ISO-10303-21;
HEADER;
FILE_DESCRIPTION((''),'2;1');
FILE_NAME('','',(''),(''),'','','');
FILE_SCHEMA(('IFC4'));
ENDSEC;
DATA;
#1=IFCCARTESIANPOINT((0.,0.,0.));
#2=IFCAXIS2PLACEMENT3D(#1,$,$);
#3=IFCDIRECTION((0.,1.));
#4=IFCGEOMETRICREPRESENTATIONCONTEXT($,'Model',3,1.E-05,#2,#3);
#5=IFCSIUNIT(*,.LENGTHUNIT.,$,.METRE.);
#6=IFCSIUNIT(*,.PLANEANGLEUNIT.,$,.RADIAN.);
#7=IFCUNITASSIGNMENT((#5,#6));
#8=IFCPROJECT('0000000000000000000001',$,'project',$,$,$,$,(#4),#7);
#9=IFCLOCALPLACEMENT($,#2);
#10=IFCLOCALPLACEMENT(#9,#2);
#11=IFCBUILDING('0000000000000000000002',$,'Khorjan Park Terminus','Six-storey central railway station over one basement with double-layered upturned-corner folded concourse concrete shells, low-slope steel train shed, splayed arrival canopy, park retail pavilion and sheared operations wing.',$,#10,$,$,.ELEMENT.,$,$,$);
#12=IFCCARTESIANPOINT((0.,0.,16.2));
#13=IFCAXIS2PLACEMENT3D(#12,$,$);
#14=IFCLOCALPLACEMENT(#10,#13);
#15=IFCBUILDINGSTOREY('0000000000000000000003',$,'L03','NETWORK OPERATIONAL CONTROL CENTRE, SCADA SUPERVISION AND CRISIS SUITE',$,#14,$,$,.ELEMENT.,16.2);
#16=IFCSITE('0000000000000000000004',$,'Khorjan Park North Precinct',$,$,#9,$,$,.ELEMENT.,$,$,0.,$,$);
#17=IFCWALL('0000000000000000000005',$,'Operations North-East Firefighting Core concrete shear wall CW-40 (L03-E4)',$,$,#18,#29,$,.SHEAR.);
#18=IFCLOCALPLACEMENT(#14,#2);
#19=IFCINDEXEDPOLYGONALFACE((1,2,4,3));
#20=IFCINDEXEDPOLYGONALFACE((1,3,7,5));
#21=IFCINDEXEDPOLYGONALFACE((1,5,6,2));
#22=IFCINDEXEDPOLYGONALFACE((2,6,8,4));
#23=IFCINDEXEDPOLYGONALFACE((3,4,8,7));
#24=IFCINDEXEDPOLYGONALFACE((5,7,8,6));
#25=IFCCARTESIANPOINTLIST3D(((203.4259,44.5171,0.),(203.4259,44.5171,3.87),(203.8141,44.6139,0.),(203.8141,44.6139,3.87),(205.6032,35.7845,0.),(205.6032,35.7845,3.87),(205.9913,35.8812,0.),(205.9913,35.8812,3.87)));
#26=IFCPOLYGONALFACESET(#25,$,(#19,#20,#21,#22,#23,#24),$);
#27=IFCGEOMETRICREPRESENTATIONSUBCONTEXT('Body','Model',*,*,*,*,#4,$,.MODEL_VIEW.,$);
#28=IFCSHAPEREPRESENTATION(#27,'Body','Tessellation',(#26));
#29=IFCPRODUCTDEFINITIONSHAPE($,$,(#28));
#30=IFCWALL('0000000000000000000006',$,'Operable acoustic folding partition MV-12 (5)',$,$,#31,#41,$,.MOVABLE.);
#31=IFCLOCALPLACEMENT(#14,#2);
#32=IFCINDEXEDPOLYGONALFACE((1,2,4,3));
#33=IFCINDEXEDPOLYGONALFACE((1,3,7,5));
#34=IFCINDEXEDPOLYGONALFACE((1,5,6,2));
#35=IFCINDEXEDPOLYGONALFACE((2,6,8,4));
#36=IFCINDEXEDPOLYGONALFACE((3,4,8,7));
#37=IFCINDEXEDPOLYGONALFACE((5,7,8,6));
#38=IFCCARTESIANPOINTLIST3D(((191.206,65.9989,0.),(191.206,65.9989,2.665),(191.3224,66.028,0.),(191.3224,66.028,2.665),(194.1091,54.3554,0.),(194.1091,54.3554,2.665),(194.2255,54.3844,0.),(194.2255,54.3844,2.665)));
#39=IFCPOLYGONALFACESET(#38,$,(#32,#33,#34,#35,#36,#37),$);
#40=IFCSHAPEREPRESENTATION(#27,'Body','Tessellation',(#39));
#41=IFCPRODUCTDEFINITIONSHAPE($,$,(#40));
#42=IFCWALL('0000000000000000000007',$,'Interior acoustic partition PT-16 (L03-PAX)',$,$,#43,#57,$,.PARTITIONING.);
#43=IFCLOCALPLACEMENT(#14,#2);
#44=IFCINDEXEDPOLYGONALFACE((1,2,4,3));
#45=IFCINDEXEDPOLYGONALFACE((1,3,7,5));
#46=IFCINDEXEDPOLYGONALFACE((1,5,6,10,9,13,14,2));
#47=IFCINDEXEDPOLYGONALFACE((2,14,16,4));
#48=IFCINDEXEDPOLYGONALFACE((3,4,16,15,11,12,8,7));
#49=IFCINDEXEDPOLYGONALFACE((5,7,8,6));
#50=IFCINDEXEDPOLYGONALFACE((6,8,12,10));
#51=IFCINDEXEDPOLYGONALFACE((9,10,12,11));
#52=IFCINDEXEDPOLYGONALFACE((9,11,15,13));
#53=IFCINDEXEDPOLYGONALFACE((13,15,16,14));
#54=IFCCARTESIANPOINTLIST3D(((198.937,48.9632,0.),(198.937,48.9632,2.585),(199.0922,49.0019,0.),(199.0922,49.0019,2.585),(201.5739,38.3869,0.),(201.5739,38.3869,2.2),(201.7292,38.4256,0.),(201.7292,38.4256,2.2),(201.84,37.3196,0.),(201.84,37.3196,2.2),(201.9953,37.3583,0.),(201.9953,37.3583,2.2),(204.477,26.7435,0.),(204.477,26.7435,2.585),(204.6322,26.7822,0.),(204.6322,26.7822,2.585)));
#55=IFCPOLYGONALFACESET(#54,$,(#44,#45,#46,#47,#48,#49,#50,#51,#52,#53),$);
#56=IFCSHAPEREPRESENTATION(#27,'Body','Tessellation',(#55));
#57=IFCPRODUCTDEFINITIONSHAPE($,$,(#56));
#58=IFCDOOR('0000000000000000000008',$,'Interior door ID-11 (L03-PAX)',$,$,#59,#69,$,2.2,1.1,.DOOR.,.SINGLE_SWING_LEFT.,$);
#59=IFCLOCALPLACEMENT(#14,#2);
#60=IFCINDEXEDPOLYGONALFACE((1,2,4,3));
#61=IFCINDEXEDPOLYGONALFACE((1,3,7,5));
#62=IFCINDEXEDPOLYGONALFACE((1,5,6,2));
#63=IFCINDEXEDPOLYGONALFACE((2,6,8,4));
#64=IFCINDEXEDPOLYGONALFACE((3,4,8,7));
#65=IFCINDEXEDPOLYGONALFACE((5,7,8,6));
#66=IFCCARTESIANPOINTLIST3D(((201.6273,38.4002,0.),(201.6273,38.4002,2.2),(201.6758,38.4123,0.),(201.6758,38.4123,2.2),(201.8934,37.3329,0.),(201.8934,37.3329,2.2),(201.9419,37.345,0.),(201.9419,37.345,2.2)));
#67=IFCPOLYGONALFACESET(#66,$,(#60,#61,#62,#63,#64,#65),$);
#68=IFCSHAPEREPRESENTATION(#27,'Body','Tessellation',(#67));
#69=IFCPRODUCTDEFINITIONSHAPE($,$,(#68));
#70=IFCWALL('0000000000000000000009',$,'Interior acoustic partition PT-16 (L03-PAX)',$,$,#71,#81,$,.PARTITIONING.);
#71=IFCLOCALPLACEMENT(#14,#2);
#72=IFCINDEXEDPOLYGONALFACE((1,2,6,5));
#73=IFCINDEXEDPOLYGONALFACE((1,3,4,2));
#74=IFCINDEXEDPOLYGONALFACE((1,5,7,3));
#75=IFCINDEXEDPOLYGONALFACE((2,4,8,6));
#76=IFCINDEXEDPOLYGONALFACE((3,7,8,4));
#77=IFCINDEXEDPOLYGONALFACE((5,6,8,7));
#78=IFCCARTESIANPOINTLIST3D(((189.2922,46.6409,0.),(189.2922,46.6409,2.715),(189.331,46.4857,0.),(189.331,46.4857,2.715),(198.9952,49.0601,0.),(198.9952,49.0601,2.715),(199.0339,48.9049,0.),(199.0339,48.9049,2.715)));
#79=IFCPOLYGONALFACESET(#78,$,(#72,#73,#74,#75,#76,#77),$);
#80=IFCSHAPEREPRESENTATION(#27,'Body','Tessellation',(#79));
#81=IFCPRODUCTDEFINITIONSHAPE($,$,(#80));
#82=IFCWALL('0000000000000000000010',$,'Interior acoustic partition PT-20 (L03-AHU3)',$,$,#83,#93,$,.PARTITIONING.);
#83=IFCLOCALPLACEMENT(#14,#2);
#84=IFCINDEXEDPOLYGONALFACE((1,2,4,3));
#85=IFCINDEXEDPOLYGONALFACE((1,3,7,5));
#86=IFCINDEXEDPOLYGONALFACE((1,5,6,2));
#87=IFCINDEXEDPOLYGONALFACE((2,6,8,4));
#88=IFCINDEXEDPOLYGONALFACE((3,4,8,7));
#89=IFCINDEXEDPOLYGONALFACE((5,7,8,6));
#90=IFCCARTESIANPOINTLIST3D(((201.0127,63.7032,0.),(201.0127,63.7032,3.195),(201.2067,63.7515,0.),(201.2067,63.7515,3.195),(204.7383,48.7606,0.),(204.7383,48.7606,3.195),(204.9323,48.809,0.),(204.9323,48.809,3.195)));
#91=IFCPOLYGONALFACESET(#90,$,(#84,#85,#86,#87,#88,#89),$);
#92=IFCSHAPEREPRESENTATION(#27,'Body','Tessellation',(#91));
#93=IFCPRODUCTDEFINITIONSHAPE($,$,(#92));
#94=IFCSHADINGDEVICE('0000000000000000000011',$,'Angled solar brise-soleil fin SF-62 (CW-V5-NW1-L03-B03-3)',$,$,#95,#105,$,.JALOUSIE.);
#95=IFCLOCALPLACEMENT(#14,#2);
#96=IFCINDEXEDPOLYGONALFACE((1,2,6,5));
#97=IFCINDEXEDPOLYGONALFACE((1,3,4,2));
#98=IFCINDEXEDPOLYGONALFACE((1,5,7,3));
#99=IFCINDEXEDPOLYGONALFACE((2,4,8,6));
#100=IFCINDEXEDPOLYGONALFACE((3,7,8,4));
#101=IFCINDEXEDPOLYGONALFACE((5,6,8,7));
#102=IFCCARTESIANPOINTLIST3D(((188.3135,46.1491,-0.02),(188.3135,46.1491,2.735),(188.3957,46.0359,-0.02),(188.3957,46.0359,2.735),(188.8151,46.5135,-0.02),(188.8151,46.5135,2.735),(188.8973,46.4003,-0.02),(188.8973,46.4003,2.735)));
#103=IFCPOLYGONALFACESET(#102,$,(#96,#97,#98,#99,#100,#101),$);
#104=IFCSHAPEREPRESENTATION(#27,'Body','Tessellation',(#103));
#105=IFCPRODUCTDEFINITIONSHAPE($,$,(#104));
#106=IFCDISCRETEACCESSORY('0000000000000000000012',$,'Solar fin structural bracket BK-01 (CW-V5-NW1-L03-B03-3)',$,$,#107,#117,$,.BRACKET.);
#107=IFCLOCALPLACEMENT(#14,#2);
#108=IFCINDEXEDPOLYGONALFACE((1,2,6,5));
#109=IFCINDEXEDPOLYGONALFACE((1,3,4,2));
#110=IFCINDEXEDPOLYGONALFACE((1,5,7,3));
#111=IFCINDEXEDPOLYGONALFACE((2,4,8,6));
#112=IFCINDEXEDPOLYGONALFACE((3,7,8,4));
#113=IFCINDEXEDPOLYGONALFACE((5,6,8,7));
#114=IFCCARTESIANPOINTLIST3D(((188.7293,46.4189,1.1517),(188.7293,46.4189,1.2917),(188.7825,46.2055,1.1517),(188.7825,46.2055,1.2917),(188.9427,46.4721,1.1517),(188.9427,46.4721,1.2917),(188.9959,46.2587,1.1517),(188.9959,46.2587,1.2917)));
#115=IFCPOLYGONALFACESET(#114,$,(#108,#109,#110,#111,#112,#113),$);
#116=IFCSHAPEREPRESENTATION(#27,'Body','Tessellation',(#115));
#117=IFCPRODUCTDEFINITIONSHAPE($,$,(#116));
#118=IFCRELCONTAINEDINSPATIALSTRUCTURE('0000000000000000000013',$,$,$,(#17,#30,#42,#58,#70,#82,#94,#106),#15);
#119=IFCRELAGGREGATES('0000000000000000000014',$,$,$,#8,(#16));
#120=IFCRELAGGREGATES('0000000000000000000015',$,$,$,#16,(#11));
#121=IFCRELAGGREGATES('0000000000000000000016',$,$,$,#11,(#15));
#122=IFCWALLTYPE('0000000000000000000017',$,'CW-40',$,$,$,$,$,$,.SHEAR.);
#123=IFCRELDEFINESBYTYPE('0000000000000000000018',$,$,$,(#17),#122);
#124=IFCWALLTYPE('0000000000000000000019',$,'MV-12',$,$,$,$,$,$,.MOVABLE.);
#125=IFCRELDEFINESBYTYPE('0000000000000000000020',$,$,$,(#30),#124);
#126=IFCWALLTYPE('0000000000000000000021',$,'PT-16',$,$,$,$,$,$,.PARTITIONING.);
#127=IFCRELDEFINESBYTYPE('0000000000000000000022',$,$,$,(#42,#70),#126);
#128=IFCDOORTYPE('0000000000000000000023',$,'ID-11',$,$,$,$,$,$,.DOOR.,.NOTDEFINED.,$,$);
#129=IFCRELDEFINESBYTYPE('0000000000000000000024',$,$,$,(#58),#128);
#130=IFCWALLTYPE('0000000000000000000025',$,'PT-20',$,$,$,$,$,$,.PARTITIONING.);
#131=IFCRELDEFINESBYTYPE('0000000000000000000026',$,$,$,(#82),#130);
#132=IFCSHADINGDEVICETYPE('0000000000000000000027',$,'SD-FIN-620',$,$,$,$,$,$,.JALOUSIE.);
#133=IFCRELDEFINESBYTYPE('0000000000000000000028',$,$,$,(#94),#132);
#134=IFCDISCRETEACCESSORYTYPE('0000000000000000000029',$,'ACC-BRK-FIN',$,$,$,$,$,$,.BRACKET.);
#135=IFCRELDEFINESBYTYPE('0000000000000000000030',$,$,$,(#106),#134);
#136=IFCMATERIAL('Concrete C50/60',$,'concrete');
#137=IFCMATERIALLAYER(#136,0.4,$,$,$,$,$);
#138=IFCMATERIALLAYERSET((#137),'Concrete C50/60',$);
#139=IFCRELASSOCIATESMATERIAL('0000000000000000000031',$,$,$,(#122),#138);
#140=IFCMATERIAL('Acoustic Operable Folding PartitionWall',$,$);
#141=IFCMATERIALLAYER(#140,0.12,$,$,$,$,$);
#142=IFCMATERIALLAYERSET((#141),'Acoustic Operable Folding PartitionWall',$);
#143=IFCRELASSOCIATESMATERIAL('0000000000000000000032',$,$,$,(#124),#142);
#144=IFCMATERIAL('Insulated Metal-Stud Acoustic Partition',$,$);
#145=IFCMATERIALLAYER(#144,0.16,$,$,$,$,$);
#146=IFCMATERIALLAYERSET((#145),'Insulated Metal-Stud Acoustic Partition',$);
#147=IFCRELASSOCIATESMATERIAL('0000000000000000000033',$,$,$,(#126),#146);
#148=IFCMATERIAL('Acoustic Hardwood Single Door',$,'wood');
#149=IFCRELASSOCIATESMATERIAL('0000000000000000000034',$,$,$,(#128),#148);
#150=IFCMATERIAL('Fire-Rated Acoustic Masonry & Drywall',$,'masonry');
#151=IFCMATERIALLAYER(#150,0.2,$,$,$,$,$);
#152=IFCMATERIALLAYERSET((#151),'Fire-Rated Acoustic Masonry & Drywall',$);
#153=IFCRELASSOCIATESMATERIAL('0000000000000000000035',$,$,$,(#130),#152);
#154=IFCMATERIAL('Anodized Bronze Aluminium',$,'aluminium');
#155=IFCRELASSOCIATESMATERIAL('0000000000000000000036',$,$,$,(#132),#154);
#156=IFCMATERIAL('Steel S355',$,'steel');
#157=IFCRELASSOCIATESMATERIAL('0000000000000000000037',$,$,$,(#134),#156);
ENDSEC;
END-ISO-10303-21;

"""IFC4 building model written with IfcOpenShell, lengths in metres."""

from ifc_helpers import new_model, si_unit, direction, frame, frame_2d, origin, origin_2d, place, context, subcontext, project, spatial, rectangle, extrude, material, layer, layer_set, type_object, element, fill, save


model = new_model("IFC4")

# Units and contexts
model_context = context("Model", 3, precision=1e-05, world=origin(), true_north=direction((0.0, 1.0)))
body_context = subcontext(model_context, "Body", "Model", "MODEL_VIEW")
ifc_project = project(units=[si_unit("LENGTHUNIT", "METRE"), si_unit("PLANEANGLEUNIT", "RADIAN")], contexts=[model_context])

# Site, building, storey
site_placement = place(None, origin())
site = spatial("IfcSite", under=ifc_project, at=site_placement, Name="Khorjan Park North Precinct", CompositionType="ELEMENT", RefElevation=0.0)
building_placement = place(site_placement, origin())
building = spatial("IfcBuilding", under=site, at=building_placement, Name="Khorjan Park Terminus", Description="Six-storey central railway station over one basement with double-layered upturned-corner folded concourse concrete shells, low-slope steel train shed, splayed arrival canopy, park retail pavilion and sheared operations wing.", CompositionType="ELEMENT")
storey_placement = place(building_placement, frame((0.0, 0.0, 16.2)))
storey = spatial("IfcBuildingStorey", under=building, at=storey_placement, Name="L03", Description="NETWORK OPERATIONAL CONTROL CENTRE, SCADA SUPERVISION AND CRISIS SUITE", CompositionType="ELEMENT", Elevation=16.2)

# Shared definitions
ifc_material_1 = material(Name="Concrete C50/60", Category="concrete")

# Shared definitions
ifc_material_2 = material(Name="Steel S355", Category="steel")

# Shared definitions
ifc_material_3 = material(Name="Anodized Bronze Aluminium", Category="aluminium")

# Walls
ifc_layer_1 = layer(ifc_material_1, 0.4)
ifc_layer_set_1 = layer_set([ifc_layer_1], Name="Concrete C50/60")
wall_type_1 = type_object("IfcWallType", Name="CW-40", PredefinedType="SHEAR", material=ifc_layer_set_1)
wall_1_placement = place(storey_placement, frame((203.62, 44.5655, 0.0), z_axis=(0.0, 0.0, 1.0), x_axis=(0.241921, -0.970296, 0.0)))
element("IfcWall", 1, at=wall_1_placement, inside=storey, type_object=wall_type_1, Name="Operations North-East Firefighting Core concrete shear wall CW-40 (L03-E4)", PredefinedType="SHEAR", context=body_context, shape_type="SweptSolid", body=[
    extrude(rectangle(XDim=9.0, YDim=0.4, at=frame_2d((4.5, 0.0))), origin(), (0.0, 0.0, 1.0), 3.87),
])
ifc_material_4 = material(Name="Acoustic Operable Folding PartitionWall")
ifc_layer_2 = layer(ifc_material_4, 0.12)
ifc_layer_set_2 = layer_set([ifc_layer_2], Name="Acoustic Operable Folding PartitionWall")
wall_type_2 = type_object("IfcWallType", Name="MV-12", PredefinedType="MOVABLE", material=ifc_layer_set_2)
wall_2_placement = place(storey_placement, frame((194.1673, 54.3699, 0.0), z_axis=(0.0, 0.0, 1.0), x_axis=(-0.241926, 0.970295, 0.0)))
element("IfcWall", 2, at=wall_2_placement, inside=storey, type_object=wall_type_2, Name="Operable acoustic folding partition MV-12 (5)", PredefinedType="MOVABLE", context=body_context, shape_type="SweptSolid", body=[
    extrude(rectangle(XDim=12.0, YDim=0.12, at=frame_2d((6.0, 0.0))), origin(), (0.0, 0.0, 1.0), 2.665),
])

# Wall, opening, door
ifc_material_5 = material(Name="Insulated Metal-Stud Acoustic Partition")
ifc_layer_3 = layer(ifc_material_5, 0.16)
ifc_layer_set_3 = layer_set([ifc_layer_3], Name="Insulated Metal-Stud Acoustic Partition")
wall_type_3 = type_object("IfcWallType", Name="PT-16", PredefinedType="PARTITIONING", material=ifc_layer_set_3)
wall_3_placement = place(storey_placement, frame((199.0146, 48.9825, 0.0), z_axis=(0.0, 0.0, 1.0), x_axis=(0.241922, -0.970296, 0.0)))
wall_3 = element("IfcWall", 3, at=wall_3_placement, inside=storey, type_object=wall_type_3, Name="Interior acoustic partition PT-16 (L03-PAX)", PredefinedType="PARTITIONING", context=body_context, shape_type="SweptSolid", body=[
    extrude(rectangle(XDim=22.8999, YDim=0.16, at=frame_2d((11.4499, 0.0))), origin(), (0.0, 0.0, 1.0), 2.585),
])
opening_placement = place(wall_3_placement, frame((10.9, 0.0, 0.0)))
opening = element("IfcOpeningElement", 4, at=opening_placement, cuts=wall_3, PredefinedType="OPENING", context=body_context, shape_type="SweptSolid", body=[
    extrude(rectangle(XDim=1.1, YDim=2.2, at=frame_2d((0.55, 1.1))), frame((0.0, 0.09, 0.0), z_axis=(0.0, -1.0, 0.0), x_axis=(1.0, 0.0, 0.0)), (0.0, 0.0, 1.0), 0.18),
])
ifc_material_6 = material(Name="Acoustic Hardwood Single Door", Category="wood")
door_type = type_object("IfcDoorType", Name="ID-11", OperationType="NOTDEFINED", PredefinedType="DOOR", material=ifc_material_6)
door_placement = place(opening_placement, origin())
door = element("IfcDoor", 5, at=door_placement, inside=storey, type_object=door_type, Name="Interior door ID-11 (L03-PAX)", OperationType="SINGLE_SWING_LEFT", OverallHeight=2.2, OverallWidth=1.1, PredefinedType="DOOR", context=body_context, shape_type="SweptSolid", body=[
    extrude(rectangle(XDim=1.1, YDim=2.2, at=frame_2d((0.55, 1.1))), frame((0.0, 0.025, 0.0), z_axis=(0.0, -1.0, 0.0), x_axis=(1.0, 0.0, 0.0)), (0.0, 0.0, 1.0), 0.05),
])
fill(opening, door)

# Walls
wall_4_placement = place(storey_placement, frame((189.3116, 46.5633, 0.0), z_axis=(0.0, 0.0, 1.0), x_axis=(0.970296, 0.241919, 0.0)))
element("IfcWall", 6, at=wall_4_placement, inside=storey, type_object=wall_type_3, Name="Interior acoustic partition PT-16 (L03-PAX)", PredefinedType="PARTITIONING", context=body_context, shape_type="SweptSolid", body=[
    extrude(rectangle(XDim=10.0, YDim=0.16, at=frame_2d((5.0, 0.0))), origin(), (0.0, 0.0, 1.0), 2.715),
])
ifc_material_7 = material(Name="Fire-Rated Acoustic Masonry & Drywall", Category="masonry")
ifc_layer_4 = layer(ifc_material_7, 0.2)
ifc_layer_set_4 = layer_set([ifc_layer_4], Name="Fire-Rated Acoustic Masonry & Drywall")
wall_type_4 = type_object("IfcWallType", Name="PT-20", PredefinedType="PARTITIONING", material=ifc_layer_set_4)
wall_5_placement = place(storey_placement, frame((204.8353, 48.7848, 0.0), z_axis=(0.0, 0.0, 1.0), x_axis=(-0.241921, 0.970296, 0.0)))
element("IfcWall", 7, at=wall_5_placement, inside=storey, type_object=wall_type_4, Name="Interior acoustic partition PT-20 (L03-AHU3)", PredefinedType="PARTITIONING", context=body_context, shape_type="SweptSolid", body=[
    extrude(rectangle(XDim=15.4, YDim=0.2, at=frame_2d((7.7, 0.0))), origin(), (0.0, 0.0, 1.0), 3.195),
])

# Shading device
shading_device_type = type_object("IfcShadingDeviceType", Name="SD-FIN-620", PredefinedType="JALOUSIE", material=ifc_material_3)
shading_device_placement = place(storey_placement, frame((188.6054, 46.2747, -0.02), z_axis=(0.0, 0.0, 1.0), x_axis=(0.809017, 0.587785, 0.0)))
element("IfcShadingDevice", 8, at=shading_device_placement, inside=storey, type_object=shading_device_type, Name="Angled solar brise-soleil fin SF-62 (CW-V5-NW1-L03-B03-3)", PredefinedType="JALOUSIE", context=body_context, shape_type="SweptSolid", body=[
    extrude(rectangle(XDim=0.62, YDim=0.14, at=origin_2d()), origin(), (0.0, 0.0, 1.0), 2.755),
])

# Discrete accessory
discrete_accessory_type = type_object("IfcDiscreteAccessoryType", Name="ACC-BRK-FIN", PredefinedType="BRACKET", material=ifc_material_2)
discrete_accessory_placement = place(storey_placement, frame((188.8626, 46.3388, 1.1517), z_axis=(0.0, 0.0, 1.0), x_axis=(0.24192, -0.970296, 0.0)))
element("IfcDiscreteAccessory", 9, at=discrete_accessory_placement, inside=storey, type_object=discrete_accessory_type, Name="Solar fin structural bracket BK-01 (CW-V5-NW1-L03-B03-3)", PredefinedType="BRACKET", context=body_context, shape_type="SweptSolid", body=[
    extrude(rectangle(XDim=0.22, YDim=0.22, at=origin_2d()), origin(), (0.0, 0.0, 1.0), 0.14),
])

save(model, "model.ifc")
